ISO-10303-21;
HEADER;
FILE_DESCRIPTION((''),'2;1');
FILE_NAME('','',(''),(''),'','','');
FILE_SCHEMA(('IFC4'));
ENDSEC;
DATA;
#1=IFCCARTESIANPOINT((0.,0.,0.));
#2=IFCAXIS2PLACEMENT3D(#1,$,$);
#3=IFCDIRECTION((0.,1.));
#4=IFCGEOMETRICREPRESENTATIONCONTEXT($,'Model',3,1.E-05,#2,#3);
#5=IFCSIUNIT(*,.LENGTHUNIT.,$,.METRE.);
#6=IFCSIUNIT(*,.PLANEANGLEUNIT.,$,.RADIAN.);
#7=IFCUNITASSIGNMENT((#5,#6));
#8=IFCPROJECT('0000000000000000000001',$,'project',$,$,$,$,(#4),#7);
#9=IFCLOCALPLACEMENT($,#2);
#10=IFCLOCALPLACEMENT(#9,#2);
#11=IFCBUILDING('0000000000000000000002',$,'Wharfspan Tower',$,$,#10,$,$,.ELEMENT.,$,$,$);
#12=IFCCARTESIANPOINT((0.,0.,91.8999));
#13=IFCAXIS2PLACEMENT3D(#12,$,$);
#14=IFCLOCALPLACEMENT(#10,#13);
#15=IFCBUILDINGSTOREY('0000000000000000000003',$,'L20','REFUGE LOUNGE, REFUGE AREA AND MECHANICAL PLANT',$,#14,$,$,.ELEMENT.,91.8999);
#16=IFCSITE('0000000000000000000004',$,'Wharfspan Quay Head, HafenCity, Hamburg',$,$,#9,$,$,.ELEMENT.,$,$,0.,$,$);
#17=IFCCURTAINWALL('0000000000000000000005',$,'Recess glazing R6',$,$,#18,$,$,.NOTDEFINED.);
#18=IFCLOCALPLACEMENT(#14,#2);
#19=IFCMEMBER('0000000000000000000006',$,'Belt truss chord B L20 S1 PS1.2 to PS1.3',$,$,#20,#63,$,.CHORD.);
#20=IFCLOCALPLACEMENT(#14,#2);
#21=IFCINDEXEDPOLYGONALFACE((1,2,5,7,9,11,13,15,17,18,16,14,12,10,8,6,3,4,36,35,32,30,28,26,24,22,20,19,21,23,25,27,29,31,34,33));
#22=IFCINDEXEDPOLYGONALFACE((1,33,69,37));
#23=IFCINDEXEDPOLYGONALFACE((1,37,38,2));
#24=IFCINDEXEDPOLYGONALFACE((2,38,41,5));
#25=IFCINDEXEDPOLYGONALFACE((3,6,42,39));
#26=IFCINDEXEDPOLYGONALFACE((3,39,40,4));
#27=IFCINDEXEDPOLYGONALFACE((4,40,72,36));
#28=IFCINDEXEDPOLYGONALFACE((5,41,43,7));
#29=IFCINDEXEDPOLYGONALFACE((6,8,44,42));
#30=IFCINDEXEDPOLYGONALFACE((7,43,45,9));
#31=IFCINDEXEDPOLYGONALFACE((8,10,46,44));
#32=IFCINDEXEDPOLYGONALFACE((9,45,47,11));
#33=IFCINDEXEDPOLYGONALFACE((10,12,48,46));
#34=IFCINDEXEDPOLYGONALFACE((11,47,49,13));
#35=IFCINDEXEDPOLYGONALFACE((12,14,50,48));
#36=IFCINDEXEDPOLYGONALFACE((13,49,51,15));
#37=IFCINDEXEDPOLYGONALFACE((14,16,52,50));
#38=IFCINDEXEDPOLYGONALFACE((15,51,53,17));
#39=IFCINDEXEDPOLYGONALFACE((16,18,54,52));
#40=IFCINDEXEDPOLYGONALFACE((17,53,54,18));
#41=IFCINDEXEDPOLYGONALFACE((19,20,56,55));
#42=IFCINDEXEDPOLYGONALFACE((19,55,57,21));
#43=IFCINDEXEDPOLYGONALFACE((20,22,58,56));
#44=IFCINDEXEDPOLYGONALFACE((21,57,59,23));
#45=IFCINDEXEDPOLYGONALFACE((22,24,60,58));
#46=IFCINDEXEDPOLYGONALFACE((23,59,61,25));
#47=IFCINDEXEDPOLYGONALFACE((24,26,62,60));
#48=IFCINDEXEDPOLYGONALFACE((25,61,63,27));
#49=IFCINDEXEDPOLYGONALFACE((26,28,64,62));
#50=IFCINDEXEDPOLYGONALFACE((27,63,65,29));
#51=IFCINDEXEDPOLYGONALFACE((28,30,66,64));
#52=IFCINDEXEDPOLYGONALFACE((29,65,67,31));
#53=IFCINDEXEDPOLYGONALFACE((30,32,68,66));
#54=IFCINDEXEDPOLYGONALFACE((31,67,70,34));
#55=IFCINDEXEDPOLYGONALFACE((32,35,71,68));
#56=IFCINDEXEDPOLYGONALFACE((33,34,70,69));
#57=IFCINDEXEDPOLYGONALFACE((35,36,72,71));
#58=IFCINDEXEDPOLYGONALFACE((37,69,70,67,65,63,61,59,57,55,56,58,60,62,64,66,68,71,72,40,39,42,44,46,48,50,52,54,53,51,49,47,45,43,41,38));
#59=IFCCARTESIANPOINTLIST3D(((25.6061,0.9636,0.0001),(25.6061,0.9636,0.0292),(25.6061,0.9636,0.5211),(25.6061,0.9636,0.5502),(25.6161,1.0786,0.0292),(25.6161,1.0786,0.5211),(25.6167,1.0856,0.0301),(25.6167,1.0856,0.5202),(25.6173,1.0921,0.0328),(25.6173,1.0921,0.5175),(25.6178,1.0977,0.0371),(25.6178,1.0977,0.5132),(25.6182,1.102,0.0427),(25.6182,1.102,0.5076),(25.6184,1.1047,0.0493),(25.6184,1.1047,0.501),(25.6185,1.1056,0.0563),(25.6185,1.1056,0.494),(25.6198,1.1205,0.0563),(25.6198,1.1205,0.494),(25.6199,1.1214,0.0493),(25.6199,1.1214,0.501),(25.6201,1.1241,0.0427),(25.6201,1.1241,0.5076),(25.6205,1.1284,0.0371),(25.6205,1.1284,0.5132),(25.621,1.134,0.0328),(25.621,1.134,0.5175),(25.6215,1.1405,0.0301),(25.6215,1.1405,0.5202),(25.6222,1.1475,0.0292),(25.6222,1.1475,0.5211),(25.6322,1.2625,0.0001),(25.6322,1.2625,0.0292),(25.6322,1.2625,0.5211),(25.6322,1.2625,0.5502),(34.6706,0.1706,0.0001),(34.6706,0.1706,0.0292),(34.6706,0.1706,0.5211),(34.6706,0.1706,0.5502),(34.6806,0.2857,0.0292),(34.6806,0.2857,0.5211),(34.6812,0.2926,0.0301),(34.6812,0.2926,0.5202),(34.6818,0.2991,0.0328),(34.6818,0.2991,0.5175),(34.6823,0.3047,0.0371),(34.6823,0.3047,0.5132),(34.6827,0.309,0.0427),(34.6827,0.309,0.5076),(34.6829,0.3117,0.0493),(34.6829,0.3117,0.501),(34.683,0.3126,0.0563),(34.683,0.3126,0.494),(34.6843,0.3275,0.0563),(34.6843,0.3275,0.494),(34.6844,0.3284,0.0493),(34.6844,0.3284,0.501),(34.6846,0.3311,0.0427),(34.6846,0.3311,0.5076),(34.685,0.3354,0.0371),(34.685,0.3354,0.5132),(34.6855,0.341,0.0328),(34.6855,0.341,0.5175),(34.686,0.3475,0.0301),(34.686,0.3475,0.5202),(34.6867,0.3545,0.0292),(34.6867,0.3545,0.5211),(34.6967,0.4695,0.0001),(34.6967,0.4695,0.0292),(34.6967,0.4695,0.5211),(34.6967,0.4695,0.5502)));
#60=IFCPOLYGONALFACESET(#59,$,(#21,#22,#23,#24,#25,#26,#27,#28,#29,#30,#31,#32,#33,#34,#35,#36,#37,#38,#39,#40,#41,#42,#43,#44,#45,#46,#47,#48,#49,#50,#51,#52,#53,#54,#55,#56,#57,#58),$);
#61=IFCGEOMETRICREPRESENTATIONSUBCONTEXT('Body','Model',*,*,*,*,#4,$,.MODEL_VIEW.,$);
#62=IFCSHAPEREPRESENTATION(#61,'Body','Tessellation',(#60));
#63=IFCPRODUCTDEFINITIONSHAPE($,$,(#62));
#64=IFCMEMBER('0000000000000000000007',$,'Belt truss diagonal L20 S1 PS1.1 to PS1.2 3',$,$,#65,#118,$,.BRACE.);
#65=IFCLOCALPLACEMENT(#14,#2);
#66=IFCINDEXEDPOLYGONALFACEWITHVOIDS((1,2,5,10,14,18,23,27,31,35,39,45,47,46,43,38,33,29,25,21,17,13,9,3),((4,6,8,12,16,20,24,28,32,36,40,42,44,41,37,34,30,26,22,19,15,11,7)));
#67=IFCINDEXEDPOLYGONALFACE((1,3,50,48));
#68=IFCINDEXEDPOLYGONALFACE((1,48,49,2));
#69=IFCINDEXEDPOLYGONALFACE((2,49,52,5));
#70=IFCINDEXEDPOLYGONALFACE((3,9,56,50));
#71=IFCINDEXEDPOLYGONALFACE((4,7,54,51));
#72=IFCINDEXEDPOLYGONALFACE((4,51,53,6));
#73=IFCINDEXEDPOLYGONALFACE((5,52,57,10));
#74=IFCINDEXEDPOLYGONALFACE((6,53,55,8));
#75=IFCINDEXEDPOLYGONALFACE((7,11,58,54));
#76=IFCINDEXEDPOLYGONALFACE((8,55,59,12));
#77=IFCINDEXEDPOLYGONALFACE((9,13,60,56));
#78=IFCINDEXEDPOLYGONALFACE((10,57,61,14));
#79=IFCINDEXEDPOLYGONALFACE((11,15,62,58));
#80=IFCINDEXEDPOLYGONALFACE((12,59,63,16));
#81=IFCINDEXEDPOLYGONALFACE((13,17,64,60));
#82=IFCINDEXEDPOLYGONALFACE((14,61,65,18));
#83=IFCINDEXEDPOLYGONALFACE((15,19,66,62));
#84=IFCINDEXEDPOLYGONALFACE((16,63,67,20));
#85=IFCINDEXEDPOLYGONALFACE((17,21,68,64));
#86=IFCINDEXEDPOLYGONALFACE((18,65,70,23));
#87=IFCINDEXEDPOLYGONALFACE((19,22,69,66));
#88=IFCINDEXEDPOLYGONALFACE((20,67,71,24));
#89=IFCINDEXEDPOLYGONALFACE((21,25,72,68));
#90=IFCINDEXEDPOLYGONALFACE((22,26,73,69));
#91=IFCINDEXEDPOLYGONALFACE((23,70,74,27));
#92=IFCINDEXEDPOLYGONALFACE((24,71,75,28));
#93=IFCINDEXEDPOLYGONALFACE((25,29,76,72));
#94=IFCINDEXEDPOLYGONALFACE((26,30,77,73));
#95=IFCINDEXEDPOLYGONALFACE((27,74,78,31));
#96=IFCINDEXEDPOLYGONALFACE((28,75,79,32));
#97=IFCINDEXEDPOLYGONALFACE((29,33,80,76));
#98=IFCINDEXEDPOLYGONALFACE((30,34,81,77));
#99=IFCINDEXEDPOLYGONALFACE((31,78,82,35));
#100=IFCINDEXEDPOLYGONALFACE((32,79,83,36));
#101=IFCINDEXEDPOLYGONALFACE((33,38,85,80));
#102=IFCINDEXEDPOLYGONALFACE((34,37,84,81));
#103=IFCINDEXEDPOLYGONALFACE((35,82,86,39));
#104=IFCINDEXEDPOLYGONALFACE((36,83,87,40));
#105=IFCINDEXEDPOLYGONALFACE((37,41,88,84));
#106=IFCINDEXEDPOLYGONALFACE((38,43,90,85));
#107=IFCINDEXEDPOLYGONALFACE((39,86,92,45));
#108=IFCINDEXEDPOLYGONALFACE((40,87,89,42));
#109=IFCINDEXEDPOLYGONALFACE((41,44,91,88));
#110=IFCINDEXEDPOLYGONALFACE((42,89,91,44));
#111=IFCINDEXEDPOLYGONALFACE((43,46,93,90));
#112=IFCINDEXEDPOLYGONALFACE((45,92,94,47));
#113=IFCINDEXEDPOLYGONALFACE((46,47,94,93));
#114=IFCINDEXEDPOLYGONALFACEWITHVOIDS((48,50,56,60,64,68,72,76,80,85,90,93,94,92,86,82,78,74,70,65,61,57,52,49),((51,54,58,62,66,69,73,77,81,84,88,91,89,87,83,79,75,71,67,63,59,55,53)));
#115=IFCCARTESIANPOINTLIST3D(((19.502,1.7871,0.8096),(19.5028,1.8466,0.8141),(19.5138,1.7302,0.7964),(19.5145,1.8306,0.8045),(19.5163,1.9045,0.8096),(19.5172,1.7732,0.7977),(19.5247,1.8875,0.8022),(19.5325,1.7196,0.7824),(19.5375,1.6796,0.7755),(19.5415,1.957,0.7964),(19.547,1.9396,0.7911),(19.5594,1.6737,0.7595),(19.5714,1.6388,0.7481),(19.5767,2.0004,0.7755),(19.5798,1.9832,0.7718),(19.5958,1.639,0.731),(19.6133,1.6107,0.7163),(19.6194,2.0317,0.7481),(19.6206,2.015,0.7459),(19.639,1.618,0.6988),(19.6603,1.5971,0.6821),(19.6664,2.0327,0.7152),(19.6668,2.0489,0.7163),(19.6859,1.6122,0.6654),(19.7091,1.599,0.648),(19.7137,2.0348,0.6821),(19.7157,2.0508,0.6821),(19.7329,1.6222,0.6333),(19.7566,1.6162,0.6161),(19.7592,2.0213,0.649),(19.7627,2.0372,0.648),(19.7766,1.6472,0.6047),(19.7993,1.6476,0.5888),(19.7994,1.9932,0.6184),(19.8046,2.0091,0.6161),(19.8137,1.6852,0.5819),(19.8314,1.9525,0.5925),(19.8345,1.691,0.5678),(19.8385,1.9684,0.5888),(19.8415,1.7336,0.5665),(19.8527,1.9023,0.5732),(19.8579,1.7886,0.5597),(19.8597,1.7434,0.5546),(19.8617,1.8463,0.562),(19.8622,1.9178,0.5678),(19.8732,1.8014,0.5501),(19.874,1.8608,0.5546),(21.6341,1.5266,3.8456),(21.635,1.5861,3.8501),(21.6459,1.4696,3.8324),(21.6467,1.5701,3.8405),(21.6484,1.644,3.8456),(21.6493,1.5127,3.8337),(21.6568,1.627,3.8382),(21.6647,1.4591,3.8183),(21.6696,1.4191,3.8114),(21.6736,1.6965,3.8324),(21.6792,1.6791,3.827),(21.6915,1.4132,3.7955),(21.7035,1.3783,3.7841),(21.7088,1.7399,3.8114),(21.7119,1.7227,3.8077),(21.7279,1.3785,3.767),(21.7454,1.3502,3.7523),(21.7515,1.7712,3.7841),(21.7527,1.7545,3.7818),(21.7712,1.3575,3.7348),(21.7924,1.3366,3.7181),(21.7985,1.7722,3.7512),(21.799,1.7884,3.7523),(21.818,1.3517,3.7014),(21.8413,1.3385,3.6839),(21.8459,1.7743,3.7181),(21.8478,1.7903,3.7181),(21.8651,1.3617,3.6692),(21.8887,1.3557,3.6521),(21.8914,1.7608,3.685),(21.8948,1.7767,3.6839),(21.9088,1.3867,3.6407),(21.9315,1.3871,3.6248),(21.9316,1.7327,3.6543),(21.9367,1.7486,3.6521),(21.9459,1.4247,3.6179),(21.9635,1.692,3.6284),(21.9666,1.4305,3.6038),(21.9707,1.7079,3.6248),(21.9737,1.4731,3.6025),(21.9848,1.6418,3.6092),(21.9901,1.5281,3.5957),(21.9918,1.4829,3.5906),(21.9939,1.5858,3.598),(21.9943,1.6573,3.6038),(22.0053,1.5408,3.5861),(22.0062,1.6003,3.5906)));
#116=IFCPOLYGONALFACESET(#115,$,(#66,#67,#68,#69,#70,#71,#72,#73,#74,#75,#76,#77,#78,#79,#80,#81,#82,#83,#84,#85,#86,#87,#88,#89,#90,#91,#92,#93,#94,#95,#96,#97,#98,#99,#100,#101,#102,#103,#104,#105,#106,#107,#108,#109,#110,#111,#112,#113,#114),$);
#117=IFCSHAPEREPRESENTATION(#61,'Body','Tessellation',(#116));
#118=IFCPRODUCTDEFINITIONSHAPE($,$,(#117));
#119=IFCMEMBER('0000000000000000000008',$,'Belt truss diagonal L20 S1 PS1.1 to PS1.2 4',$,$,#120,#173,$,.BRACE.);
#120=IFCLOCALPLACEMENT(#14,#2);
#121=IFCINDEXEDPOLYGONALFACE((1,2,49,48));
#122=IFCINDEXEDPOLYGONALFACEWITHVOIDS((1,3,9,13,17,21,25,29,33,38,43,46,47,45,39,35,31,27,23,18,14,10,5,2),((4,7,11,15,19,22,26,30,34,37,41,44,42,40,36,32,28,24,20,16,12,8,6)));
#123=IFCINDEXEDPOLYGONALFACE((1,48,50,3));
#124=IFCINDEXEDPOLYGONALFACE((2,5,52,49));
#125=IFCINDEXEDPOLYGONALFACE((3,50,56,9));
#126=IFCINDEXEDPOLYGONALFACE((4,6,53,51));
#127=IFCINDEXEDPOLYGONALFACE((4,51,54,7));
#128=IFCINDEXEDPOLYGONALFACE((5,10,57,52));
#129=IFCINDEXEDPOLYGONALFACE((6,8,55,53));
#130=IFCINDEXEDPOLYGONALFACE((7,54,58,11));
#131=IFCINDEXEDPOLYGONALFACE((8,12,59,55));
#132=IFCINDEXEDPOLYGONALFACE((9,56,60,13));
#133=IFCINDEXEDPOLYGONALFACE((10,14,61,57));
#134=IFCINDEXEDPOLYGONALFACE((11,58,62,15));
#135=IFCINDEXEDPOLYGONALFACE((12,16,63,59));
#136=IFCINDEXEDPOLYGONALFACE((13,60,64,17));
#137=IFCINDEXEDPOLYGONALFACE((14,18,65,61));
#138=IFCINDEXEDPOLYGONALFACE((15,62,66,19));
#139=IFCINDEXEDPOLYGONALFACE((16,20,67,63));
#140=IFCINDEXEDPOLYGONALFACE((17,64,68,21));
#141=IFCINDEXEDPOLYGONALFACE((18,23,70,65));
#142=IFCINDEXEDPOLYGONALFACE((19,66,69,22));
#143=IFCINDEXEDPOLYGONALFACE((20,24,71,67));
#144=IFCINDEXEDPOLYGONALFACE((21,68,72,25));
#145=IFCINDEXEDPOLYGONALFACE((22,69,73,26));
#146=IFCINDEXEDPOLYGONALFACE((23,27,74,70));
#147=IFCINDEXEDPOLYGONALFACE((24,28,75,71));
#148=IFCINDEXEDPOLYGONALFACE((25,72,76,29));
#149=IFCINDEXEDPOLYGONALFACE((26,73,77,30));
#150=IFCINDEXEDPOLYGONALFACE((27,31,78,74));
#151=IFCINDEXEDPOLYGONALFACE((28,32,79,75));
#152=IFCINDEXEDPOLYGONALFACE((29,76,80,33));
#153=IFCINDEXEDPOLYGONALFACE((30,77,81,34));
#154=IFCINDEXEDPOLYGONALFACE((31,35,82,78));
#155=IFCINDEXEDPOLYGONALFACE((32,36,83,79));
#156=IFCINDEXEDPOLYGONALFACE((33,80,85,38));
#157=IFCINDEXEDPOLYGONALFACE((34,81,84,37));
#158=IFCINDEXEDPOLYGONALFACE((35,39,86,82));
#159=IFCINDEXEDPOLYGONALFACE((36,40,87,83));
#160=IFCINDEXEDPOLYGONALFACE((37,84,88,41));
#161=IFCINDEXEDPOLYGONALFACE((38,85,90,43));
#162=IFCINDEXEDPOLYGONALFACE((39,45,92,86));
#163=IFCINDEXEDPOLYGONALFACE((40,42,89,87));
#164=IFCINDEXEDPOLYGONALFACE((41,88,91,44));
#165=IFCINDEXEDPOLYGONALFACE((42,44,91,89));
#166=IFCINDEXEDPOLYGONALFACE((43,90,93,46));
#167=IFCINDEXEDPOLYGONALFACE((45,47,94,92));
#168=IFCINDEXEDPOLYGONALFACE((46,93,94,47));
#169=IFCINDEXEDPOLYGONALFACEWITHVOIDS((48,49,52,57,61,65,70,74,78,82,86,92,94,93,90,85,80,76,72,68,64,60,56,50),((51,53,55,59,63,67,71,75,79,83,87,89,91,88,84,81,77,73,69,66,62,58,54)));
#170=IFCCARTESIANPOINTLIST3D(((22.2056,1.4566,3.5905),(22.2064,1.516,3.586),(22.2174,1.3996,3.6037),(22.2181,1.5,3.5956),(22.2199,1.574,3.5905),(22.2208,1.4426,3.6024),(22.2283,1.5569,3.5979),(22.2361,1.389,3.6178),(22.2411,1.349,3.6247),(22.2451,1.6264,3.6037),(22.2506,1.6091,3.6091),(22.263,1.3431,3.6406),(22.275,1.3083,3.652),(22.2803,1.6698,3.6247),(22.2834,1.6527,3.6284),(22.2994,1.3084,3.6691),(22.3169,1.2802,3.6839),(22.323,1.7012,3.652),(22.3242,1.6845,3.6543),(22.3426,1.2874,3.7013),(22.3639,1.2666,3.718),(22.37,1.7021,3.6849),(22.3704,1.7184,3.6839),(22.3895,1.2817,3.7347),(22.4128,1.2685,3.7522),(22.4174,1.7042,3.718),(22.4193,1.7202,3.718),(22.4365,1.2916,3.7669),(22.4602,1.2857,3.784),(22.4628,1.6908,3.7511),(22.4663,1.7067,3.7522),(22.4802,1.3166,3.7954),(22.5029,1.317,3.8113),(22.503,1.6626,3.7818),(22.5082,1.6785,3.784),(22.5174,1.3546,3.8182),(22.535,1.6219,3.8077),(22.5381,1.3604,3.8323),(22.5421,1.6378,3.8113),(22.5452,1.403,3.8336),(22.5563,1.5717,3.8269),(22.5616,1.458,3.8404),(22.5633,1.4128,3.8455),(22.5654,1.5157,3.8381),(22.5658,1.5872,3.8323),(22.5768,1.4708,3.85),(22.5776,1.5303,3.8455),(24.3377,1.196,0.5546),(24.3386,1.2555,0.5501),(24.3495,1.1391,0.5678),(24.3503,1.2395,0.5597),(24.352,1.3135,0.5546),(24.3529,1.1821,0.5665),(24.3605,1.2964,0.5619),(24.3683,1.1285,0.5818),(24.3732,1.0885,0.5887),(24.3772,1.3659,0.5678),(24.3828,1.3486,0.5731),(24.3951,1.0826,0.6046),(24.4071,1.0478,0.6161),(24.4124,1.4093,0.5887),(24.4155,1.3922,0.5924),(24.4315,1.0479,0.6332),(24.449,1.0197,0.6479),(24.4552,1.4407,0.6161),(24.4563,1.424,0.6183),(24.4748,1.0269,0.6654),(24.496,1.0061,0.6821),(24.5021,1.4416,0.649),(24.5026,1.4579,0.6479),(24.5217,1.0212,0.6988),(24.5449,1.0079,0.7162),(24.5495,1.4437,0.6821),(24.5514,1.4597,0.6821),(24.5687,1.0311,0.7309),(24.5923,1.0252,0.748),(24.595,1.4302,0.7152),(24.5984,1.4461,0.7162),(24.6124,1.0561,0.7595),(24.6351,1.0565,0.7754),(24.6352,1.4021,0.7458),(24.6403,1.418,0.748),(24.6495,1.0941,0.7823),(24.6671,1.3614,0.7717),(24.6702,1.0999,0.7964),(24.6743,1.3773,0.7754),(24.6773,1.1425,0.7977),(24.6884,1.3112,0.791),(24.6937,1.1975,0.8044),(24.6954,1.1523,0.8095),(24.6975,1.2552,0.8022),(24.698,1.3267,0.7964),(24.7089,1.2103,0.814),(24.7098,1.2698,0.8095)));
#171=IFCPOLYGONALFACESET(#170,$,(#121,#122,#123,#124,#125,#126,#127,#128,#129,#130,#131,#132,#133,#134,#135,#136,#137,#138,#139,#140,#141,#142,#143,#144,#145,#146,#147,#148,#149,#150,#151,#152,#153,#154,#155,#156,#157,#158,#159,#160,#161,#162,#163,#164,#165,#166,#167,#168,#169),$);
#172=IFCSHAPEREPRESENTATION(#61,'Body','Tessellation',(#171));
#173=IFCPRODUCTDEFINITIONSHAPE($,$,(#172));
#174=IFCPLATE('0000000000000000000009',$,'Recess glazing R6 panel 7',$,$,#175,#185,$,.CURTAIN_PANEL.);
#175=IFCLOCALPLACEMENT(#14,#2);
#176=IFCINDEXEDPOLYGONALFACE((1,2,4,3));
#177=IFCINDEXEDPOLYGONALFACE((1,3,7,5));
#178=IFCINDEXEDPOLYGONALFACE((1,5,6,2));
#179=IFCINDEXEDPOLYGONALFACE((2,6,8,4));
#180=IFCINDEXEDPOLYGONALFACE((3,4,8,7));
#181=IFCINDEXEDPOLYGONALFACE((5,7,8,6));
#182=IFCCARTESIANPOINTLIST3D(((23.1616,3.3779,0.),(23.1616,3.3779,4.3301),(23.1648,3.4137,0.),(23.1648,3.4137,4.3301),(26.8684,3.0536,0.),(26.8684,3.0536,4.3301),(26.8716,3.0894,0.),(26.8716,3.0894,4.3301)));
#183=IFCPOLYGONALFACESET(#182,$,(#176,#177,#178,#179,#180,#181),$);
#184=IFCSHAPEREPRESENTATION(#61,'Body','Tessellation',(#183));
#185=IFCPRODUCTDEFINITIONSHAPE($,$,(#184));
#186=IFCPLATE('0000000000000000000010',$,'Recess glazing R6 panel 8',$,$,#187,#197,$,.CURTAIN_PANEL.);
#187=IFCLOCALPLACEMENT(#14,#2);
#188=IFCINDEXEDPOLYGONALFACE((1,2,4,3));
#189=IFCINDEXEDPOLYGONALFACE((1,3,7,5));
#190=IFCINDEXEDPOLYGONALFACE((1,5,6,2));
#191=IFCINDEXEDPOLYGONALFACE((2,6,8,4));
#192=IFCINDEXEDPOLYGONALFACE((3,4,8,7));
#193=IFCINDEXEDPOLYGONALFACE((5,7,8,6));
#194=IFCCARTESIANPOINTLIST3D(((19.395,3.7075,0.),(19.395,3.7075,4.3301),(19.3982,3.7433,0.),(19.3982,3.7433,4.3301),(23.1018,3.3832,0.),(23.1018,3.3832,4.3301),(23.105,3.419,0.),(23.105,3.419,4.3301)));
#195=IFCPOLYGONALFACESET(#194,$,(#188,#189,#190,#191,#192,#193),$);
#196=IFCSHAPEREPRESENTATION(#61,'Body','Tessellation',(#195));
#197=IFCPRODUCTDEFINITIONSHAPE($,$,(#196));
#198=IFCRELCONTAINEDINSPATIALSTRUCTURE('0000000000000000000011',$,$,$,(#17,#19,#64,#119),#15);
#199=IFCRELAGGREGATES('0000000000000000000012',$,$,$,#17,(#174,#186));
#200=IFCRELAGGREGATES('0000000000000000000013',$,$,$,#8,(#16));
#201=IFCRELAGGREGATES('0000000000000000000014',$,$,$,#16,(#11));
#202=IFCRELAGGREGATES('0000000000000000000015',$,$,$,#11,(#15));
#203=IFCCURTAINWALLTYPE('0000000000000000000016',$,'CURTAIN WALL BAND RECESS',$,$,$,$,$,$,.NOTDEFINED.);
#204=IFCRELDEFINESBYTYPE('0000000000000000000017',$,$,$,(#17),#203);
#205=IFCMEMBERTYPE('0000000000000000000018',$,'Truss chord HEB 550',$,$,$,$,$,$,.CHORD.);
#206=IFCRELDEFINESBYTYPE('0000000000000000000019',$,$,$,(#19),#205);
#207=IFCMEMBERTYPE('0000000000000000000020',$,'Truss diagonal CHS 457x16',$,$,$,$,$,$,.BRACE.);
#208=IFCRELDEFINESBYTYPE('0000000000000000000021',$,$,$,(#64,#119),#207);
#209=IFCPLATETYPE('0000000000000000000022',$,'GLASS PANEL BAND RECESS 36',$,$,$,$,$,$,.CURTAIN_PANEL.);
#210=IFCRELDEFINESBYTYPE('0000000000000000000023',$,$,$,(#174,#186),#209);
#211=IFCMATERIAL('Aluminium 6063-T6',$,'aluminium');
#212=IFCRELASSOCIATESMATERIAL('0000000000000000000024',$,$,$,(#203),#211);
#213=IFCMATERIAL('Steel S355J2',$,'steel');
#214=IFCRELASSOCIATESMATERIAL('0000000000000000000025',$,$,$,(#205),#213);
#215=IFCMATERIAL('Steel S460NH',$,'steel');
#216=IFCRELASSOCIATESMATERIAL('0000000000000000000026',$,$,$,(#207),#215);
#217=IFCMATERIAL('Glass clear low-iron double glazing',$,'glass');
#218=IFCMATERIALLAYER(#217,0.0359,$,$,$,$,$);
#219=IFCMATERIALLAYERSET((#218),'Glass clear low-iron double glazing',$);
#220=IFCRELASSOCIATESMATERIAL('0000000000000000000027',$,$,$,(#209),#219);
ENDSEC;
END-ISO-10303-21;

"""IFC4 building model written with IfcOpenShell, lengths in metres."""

from ifc_helpers import new_model, si_unit, direction, frame, origin, origin_2d, place, context, subcontext, project, spatial, rectangle, hollow_circle, i_section, extrude, material, layer, layer_set, material_profile, profile_set, type_object, element, aggregate, save


model = new_model("IFC4")

# Units and contexts
model_context = context("Model", 3, precision=1e-05, world=origin(), true_north=direction((0.0, 1.0)))
body_context = subcontext(model_context, "Body", "Model", "MODEL_VIEW")
ifc_project = project(units=[si_unit("LENGTHUNIT", "METRE"), si_unit("PLANEANGLEUNIT", "RADIAN")], contexts=[model_context])

# Site, building, storey
site_placement = place(None, origin())
site = spatial("IfcSite", under=ifc_project, at=site_placement, Name="Wharfspan Quay Head, HafenCity, Hamburg", CompositionType="ELEMENT", RefElevation=0.0)
building_placement = place(site_placement, origin())
building = spatial("IfcBuilding", under=site, at=building_placement, Name="Wharfspan Tower", CompositionType="ELEMENT")
storey_placement = place(building_placement, frame((0.0, 0.0, 91.8999)))
storey = spatial("IfcBuildingStorey", under=building, at=storey_placement, Name="L20", Description="REFUGE LOUNGE, REFUGE AREA AND MECHANICAL PLANT", CompositionType="ELEMENT", Elevation=91.8999)

# Shared definitions
ifc_material_1 = material(Name="Steel S355J2", Category="steel")

# Curtain wall
ifc_material_2 = material(Name="Aluminium 6063-T6", Category="aluminium")
curtain_wall_type = type_object("IfcCurtainWallType", Name="CURTAIN WALL BAND RECESS", PredefinedType="NOTDEFINED", material=ifc_material_2)
curtain_wall_placement = place(storey_placement, origin())
curtain_wall = element("IfcCurtainWall", 1, at=curtain_wall_placement, inside=storey, type_object=curtain_wall_type, Name="Recess glazing R6", PredefinedType="NOTDEFINED")

# Members
ifc_material_profile_1 = material_profile(ifc_material_1, i_section(OverallWidth=0.3, OverallDepth=0.55, WebThickness=0.0149, FlangeThickness=0.0291, FilletRadius=0.0271, at=origin_2d()))
ifc_profile_set_1 = profile_set([ifc_material_profile_1], Name="Steel S355J2")
member_type_1 = type_object("IfcMemberType", Name="Truss chord HEB 550", PredefinedType="CHORD", material=ifc_profile_set_1)
for number, where, z_axis, x_axis, name in (
    (2, (25.6191, 1.113, 0.2751), (0.996195, -0.087148, 0.0), (0.087148, 0.996195, 0.0), "Belt truss chord B L20 S1 PS1.2 to PS1.3"),
):
    element("IfcMember", number, at=place(storey_placement, frame(where, z_axis=z_axis, x_axis=x_axis)), inside=storey, type_object=member_type_1, Name=name, PredefinedType="CHORD", context=body_context, shape_type="SweptSolid", body=[
        extrude(i_section(OverallWidth=0.3, OverallDepth=0.55, WebThickness=0.0149, FlangeThickness=0.0291, FilletRadius=0.0271, at=origin_2d()), origin(), (0.0, 0.0, 1.0), 9.0991),
    ])
ifc_material_3 = material(Name="Steel S460NH", Category="steel")
ifc_material_profile_2 = material_profile(ifc_material_3, hollow_circle(Radius=0.2285, WallThickness=0.0161, at=origin_2d()))
ifc_profile_set_2 = profile_set([ifc_material_profile_2], Name="Steel S460NH")
member_type_2 = type_object("IfcMemberType", Name="Truss diagonal CHS 457x16", PredefinedType="BRACE", material=ifc_profile_set_2)
for number, where, z_axis, x_axis, name in (
    (3, (19.688, 1.824, 0.6821), (0.573309, -0.070047, 0.81634), (0.121278, 0.992616, 0.0), "Belt truss diagonal L20 S1 PS1.1 to PS1.2 3"),
    (4, (22.3916, 1.4934, 3.718), (0.573309, -0.070047, -0.81634), (0.121278, 0.992616, 0.0), "Belt truss diagonal L20 S1 PS1.1 to PS1.2 4"),
):
    element("IfcMember", number, at=place(storey_placement, frame(where, z_axis=z_axis, x_axis=x_axis)), inside=storey, type_object=member_type_2, Name=name, PredefinedType="BRACE", context=body_context, shape_type="SweptSolid", body=[
        extrude(hollow_circle(Radius=0.2285, WallThickness=0.0161, at=origin_2d()), origin(), (0.0, 0.0, 1.0), 3.719),
    ])

# Plates
ifc_material_4 = material(Name="Glass clear low-iron double glazing", Category="glass")
ifc_layer_1 = layer(ifc_material_4, 0.0359)
ifc_layer_set_1 = layer_set([ifc_layer_1], Name="Glass clear low-iron double glazing")
plate_type = type_object("IfcPlateType", Name="GLASS PANEL BAND RECESS 36", PredefinedType="CURTAIN_PANEL", material=ifc_layer_set_1)
plate_1_placement = place(storey_placement, frame((25.0166, 3.2336, 0.0), z_axis=(0.0, 0.0, 1.0), x_axis=(-0.996198, 0.087156, 0.0)))
plate_1 = element("IfcPlate", 5, at=plate_1_placement, type_object=plate_type, Name="Recess glazing R6 panel 7", PredefinedType="CURTAIN_PANEL", context=body_context, shape_type="SweptSolid", body=[
    extrude(rectangle(XDim=3.7209, YDim=0.0359, at=origin_2d()), origin(), (0.0, 0.0, 1.0), 4.3301),
])
plate_2_placement = place(storey_placement, frame((21.25, 3.5632, 0.0), z_axis=(0.0, 0.0, 1.0), x_axis=(-0.996198, 0.087156, 0.0)))
plate_2 = element("IfcPlate", 6, at=plate_2_placement, type_object=plate_type, Name="Recess glazing R6 panel 8", PredefinedType="CURTAIN_PANEL", context=body_context, shape_type="SweptSolid", body=[
    extrude(rectangle(XDim=3.7209, YDim=0.0359, at=origin_2d()), origin(), (0.0, 0.0, 1.0), 4.3301),
])
aggregate(curtain_wall, [plate_1, plate_2])

save(model, "model.ifc")
